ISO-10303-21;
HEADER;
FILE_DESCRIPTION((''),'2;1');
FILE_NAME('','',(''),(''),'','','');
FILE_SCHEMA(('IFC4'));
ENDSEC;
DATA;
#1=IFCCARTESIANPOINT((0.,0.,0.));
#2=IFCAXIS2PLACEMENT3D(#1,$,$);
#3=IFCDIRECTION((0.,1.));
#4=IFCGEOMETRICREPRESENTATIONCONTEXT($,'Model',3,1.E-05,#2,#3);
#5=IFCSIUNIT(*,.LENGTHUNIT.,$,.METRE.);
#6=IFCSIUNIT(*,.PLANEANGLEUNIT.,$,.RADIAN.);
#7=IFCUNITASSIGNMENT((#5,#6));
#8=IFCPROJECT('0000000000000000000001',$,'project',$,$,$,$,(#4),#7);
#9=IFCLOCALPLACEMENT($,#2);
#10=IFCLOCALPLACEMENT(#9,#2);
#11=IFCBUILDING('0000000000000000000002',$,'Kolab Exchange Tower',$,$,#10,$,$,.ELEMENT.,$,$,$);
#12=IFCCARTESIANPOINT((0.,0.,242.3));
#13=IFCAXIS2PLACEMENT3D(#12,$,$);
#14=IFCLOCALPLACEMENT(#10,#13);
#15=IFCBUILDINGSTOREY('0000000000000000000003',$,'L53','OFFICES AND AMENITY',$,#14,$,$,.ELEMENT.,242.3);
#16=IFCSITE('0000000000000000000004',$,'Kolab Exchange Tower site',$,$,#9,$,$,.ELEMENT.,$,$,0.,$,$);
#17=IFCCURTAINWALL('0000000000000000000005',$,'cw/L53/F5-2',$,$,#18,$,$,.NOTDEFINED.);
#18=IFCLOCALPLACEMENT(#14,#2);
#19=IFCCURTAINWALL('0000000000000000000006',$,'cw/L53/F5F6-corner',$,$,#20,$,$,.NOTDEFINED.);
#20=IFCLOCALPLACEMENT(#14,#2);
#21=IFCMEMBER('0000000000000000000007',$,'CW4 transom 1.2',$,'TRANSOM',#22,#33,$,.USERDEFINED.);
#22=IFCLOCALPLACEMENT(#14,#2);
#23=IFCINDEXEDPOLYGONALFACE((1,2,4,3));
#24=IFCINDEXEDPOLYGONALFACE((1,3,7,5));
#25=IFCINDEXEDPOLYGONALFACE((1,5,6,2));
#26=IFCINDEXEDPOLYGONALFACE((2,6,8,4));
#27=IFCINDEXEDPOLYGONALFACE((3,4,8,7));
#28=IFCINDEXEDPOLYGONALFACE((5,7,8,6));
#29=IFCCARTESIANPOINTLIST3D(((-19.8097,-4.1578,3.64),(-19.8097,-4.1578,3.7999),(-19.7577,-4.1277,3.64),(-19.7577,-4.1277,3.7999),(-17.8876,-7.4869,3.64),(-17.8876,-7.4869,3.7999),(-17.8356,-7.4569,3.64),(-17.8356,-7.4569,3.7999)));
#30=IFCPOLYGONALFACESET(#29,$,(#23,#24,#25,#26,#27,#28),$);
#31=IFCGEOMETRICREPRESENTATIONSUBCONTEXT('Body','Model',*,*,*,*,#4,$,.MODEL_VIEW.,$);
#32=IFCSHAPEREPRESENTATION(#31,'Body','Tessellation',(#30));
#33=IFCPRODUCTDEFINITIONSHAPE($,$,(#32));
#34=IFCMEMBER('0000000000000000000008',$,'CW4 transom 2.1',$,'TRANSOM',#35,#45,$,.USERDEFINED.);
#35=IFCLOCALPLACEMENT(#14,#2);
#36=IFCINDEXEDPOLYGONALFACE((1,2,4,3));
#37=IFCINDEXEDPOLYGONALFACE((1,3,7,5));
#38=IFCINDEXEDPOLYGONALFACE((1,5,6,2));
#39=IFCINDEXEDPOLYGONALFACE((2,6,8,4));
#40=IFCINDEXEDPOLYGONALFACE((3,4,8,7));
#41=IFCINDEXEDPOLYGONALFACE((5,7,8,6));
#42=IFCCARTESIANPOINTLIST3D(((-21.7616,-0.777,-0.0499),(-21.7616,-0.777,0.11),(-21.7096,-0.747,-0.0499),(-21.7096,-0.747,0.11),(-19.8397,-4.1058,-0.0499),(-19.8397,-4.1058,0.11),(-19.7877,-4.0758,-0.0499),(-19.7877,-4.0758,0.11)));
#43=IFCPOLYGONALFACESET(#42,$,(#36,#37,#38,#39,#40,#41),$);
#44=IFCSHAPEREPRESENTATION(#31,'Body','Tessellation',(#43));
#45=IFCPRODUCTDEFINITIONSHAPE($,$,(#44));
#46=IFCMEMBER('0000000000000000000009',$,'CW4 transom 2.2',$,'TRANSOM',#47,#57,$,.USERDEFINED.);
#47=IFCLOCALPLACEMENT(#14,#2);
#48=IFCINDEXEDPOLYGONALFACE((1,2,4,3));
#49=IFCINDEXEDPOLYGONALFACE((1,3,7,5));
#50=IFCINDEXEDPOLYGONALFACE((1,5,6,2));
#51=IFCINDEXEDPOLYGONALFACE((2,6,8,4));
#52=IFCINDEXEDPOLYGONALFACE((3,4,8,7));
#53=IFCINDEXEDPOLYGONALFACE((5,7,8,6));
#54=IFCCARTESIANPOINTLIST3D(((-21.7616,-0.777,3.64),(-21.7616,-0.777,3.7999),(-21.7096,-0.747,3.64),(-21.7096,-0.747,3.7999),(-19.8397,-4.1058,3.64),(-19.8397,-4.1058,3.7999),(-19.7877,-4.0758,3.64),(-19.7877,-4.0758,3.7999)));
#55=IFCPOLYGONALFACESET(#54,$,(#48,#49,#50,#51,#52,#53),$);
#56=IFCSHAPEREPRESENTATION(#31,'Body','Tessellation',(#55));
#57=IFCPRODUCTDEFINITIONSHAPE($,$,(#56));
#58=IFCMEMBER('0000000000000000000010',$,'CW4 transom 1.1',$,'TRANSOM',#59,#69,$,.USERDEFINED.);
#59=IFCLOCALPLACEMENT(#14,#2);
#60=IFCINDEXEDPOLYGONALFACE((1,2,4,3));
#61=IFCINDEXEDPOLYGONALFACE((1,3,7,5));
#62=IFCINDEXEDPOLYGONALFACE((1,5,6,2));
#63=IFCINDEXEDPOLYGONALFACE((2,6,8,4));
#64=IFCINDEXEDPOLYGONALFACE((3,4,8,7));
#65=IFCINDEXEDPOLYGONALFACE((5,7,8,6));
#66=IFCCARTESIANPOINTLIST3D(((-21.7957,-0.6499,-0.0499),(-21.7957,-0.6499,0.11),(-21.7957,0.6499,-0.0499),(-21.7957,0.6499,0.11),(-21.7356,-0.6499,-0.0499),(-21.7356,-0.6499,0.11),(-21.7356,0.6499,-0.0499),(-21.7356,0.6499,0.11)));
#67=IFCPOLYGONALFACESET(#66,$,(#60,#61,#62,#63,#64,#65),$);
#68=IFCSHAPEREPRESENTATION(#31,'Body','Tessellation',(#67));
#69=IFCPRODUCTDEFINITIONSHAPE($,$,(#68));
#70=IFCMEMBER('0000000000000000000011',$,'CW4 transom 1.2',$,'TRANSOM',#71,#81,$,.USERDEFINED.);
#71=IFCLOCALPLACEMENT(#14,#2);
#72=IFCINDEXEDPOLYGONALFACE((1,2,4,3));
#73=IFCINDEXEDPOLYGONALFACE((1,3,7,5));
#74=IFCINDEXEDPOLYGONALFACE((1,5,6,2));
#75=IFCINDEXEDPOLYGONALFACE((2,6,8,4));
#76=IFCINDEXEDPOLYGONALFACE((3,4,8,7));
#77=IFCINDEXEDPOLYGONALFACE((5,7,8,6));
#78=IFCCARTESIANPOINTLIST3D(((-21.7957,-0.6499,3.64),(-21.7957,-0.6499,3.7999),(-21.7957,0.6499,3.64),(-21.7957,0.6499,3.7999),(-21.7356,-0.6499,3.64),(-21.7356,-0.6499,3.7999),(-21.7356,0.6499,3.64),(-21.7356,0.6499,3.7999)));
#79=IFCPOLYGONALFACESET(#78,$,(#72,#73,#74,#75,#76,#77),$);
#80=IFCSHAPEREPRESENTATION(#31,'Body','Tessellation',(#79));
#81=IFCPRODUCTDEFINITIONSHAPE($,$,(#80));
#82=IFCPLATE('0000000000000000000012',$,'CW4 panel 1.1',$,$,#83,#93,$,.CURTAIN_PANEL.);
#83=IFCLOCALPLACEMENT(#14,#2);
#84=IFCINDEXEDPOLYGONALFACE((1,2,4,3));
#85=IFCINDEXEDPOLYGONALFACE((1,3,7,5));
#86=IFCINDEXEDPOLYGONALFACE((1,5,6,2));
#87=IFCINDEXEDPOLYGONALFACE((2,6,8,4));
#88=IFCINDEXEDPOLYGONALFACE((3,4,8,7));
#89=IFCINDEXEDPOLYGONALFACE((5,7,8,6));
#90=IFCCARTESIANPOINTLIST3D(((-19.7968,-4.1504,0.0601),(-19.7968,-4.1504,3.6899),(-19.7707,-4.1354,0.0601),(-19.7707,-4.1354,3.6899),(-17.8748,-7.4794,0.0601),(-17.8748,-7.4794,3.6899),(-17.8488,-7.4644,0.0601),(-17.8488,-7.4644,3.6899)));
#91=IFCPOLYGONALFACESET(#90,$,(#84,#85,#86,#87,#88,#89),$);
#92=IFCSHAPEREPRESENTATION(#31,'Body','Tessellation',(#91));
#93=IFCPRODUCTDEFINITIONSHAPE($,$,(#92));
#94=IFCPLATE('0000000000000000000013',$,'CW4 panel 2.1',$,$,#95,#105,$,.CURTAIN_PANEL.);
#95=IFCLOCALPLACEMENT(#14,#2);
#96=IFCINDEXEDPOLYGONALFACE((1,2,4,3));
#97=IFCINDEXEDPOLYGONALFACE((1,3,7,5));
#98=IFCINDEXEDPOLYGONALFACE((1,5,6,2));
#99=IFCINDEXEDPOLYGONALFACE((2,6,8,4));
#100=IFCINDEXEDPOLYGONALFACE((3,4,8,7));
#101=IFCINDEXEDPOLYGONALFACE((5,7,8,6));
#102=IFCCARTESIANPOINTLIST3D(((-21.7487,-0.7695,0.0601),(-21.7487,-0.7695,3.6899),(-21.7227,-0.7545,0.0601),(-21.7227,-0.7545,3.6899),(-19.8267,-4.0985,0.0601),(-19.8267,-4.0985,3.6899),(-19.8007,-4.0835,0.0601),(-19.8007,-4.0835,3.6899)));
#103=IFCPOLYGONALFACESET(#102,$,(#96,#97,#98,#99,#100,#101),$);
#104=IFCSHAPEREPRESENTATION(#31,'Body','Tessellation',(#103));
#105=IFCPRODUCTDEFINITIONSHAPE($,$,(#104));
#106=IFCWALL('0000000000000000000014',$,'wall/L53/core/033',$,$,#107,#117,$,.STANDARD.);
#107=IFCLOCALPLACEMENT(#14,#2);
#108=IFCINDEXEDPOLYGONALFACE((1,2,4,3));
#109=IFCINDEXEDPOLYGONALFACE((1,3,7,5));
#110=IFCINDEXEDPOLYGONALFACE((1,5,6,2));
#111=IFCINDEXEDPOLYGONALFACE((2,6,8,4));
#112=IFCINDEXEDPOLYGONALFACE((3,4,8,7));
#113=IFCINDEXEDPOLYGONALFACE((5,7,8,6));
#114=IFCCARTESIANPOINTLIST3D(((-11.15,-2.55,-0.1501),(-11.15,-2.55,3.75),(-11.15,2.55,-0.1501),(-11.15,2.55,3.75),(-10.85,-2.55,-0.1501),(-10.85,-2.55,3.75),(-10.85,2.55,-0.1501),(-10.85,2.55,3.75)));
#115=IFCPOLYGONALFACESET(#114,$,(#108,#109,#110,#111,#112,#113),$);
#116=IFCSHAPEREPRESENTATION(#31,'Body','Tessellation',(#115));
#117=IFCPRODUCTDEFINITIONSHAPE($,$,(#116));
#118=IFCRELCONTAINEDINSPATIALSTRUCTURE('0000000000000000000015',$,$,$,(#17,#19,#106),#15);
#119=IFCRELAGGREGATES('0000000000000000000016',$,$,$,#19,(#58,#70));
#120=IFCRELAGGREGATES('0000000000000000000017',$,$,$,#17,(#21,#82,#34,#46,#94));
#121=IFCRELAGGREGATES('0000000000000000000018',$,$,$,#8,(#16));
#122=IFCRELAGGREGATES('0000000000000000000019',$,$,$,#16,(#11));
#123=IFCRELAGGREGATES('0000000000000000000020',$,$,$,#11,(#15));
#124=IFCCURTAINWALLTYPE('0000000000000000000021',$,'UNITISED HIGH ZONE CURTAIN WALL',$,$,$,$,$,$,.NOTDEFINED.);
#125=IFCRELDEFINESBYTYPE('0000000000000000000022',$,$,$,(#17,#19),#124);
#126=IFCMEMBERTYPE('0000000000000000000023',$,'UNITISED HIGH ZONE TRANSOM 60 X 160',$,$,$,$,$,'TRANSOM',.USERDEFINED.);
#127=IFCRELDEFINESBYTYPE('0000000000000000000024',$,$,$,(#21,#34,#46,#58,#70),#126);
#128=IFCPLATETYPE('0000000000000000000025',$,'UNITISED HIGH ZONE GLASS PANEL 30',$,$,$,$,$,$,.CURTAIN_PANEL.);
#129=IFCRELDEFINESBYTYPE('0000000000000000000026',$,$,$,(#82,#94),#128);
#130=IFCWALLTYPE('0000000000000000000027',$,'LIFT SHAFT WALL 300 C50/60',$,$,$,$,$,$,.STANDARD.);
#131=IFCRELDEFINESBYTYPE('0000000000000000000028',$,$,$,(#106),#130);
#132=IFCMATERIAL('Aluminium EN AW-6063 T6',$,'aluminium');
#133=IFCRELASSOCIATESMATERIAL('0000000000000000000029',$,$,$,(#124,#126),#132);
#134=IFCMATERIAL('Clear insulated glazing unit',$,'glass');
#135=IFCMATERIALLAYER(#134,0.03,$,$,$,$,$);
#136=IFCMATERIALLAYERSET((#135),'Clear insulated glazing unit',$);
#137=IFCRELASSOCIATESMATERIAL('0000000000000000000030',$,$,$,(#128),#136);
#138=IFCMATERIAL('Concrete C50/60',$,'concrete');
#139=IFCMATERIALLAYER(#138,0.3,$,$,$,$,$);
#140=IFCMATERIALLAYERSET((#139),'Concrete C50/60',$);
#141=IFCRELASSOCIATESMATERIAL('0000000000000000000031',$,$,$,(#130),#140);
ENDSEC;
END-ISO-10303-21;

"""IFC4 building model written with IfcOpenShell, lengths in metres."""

from ifc_helpers import new_model, si_unit, direction, frame, frame_2d, origin, origin_2d, place, context, subcontext, project, spatial, rectangle, extrude, material, layer, layer_set, material_profile, profile_set, type_object, element, aggregate, save


model = new_model("IFC4")

# Units and contexts
model_context = context("Model", 3, precision=1e-05, world=origin(), true_north=direction((0.0, 1.0)))
body_context = subcontext(model_context, "Body", "Model", "MODEL_VIEW")
ifc_project = project(units=[si_unit("LENGTHUNIT", "METRE"), si_unit("PLANEANGLEUNIT", "RADIAN")], contexts=[model_context])

# Site, building, storey
site_placement = place(None, origin())
site = spatial("IfcSite", under=ifc_project, at=site_placement, Name="Kolab Exchange Tower site", CompositionType="ELEMENT", RefElevation=0.0)
building_placement = place(site_placement, origin())
building = spatial("IfcBuilding", under=site, at=building_placement, Name="Kolab Exchange Tower", CompositionType="ELEMENT")
storey_placement = place(building_placement, frame((0.0, 0.0, 242.3)))
storey = spatial("IfcBuildingStorey", under=building, at=storey_placement, Name="L53", Description="OFFICES AND AMENITY", CompositionType="ELEMENT", Elevation=242.3)

# Shared definitions
ifc_material_1 = material(Name="Concrete C50/60", Category="concrete")

# Shared definitions
ifc_material_2 = material(Name="Aluminium EN AW-6063 T6", Category="aluminium")
curtain_wall_type = type_object("IfcCurtainWallType", Name="UNITISED HIGH ZONE CURTAIN WALL", PredefinedType="NOTDEFINED", material=ifc_material_2)

# Curtain wall
curtain_wall_1_placement = place(storey_placement, origin())
curtain_wall_1 = element("IfcCurtainWall", 1, at=curtain_wall_1_placement, inside=storey, type_object=curtain_wall_type, Name="cw/L53/F5-2", PredefinedType="NOTDEFINED")

# Curtain wall
curtain_wall_2_placement = place(storey_placement, origin())
curtain_wall_2 = element("IfcCurtainWall", 2, at=curtain_wall_2_placement, inside=storey, type_object=curtain_wall_type, Name="cw/L53/F5F6-corner", PredefinedType="NOTDEFINED")

# Members
ifc_material_profile_1 = material_profile(ifc_material_2, rectangle(XDim=0.0601, YDim=0.1599, at=origin_2d()), Name="RECT 60X160")
ifc_profile_set_1 = profile_set([ifc_material_profile_1], Name="Aluminium EN AW-6063 T6")
member_type_1 = type_object("IfcMemberType", Name="UNITISED HIGH ZONE TRANSOM 60 X 160", ElementType="TRANSOM", PredefinedType="USERDEFINED", material=ifc_profile_set_1)
member_1_placement = place(storey_placement, frame((-17.8616, -7.4719, 3.72), z_axis=(-0.500012, 0.866018, 0.0), x_axis=(-0.866018, -0.500012, 0.0)))
member_1 = element("IfcMember", 3, at=member_1_placement, type_object=member_type_1, Name="CW4 transom 1.2", ObjectType="TRANSOM", PredefinedType="USERDEFINED", context=body_context, shape_type="SweptSolid", body=[
    extrude(rectangle(XDim=0.0601, YDim=0.1599, at=origin_2d()), origin(), (0.0, 0.0, 1.0), 3.8442),
])
member_2_placement = place(storey_placement, frame((-19.8137, -4.0908, 0.03), z_axis=(-0.499992, 0.86603, 0.0), x_axis=(-0.86603, -0.499992, 0.0)))
member_2 = element("IfcMember", 4, at=member_2_placement, type_object=member_type_1, Name="CW4 transom 2.1", ObjectType="TRANSOM", PredefinedType="USERDEFINED", context=body_context, shape_type="SweptSolid", body=[
    extrude(rectangle(XDim=0.0601, YDim=0.1599, at=origin_2d()), origin(), (0.0, 0.0, 1.0), 3.8438),
])
member_3_placement = place(storey_placement, frame((-19.8137, -4.0908, 3.72), z_axis=(-0.499992, 0.86603, 0.0), x_axis=(-0.86603, -0.499992, 0.0)))
member_3 = element("IfcMember", 5, at=member_3_placement, type_object=member_type_1, Name="CW4 transom 2.2", ObjectType="TRANSOM", PredefinedType="USERDEFINED", context=body_context, shape_type="SweptSolid", body=[
    extrude(rectangle(XDim=0.0601, YDim=0.1599, at=origin_2d()), origin(), (0.0, 0.0, 1.0), 3.8438),
])
member_4_placement = place(storey_placement, frame((-21.7656, -0.6499, 0.03), z_axis=(0.0, 1.0, 0.0), x_axis=(-1.0, 0.0, 0.0)))
member_4 = element("IfcMember", 6, at=member_4_placement, type_object=member_type_1, Name="CW4 transom 1.1", ObjectType="TRANSOM", PredefinedType="USERDEFINED", context=body_context, shape_type="SweptSolid", body=[
    extrude(rectangle(XDim=0.0601, YDim=0.1599, at=origin_2d()), origin(), (0.0, 0.0, 1.0), 1.2998),
])
member_5_placement = place(storey_placement, frame((-21.7656, -0.6499, 3.72), z_axis=(0.0, 1.0, 0.0), x_axis=(-1.0, 0.0, 0.0)))
member_5 = element("IfcMember", 7, at=member_5_placement, type_object=member_type_1, Name="CW4 transom 1.2", ObjectType="TRANSOM", PredefinedType="USERDEFINED", context=body_context, shape_type="SweptSolid", body=[
    extrude(rectangle(XDim=0.0601, YDim=0.1599, at=origin_2d()), origin(), (0.0, 0.0, 1.0), 1.2998),
])
aggregate(curtain_wall_2, [member_4, member_5])

# Plates
ifc_material_3 = material(Name="Clear insulated glazing unit", Category="glass")
ifc_layer_1 = layer(ifc_material_3, 0.03)
ifc_layer_set_1 = layer_set([ifc_layer_1], Name="Clear insulated glazing unit")
plate_type = type_object("IfcPlateType", Name="UNITISED HIGH ZONE GLASS PANEL 30", PredefinedType="CURTAIN_PANEL", material=ifc_layer_set_1)
plate_1_placement = place(storey_placement, frame((-18.8228, -5.8074, 0.0601), z_axis=(0.0, 0.0, 1.0), x_axis=(-0.5, 0.866025, 0.0)))
plate_1 = element("IfcPlate", 8, at=plate_1_placement, type_object=plate_type, Name="CW4 panel 1.1", PredefinedType="CURTAIN_PANEL", context=body_context, shape_type="SweptSolid", body=[
    extrude(rectangle(XDim=3.844, YDim=0.03, at=origin_2d()), origin(), (0.0, 0.0, 1.0), 3.6299),
])
plate_2_placement = place(storey_placement, frame((-20.7747, -2.4265, 0.0601), z_axis=(0.0, 0.0, 1.0), x_axis=(-0.5, 0.866025, 0.0)))
plate_2 = element("IfcPlate", 9, at=plate_2_placement, type_object=plate_type, Name="CW4 panel 2.1", PredefinedType="CURTAIN_PANEL", context=body_context, shape_type="SweptSolid", body=[
    extrude(rectangle(XDim=3.844, YDim=0.03, at=origin_2d()), origin(), (0.0, 0.0, 1.0), 3.6299),
])
aggregate(curtain_wall_1, [member_1, plate_1, member_2, member_3, plate_2])

# Wall
ifc_layer_2 = layer(ifc_material_1, 0.3)
ifc_layer_set_2 = layer_set([ifc_layer_2], Name="Concrete C50/60")
wall_type_1 = type_object("IfcWallType", Name="LIFT SHAFT WALL 300 C50/60", PredefinedType="STANDARD", material=ifc_layer_set_2)
wall_1_placement = place(storey_placement, frame((-11.0, -2.55, -0.1501), z_axis=(0.0, 0.0, 1.0), x_axis=(0.0, 1.0, 0.0)))
element("IfcWall", 10, at=wall_1_placement, inside=storey, type_object=wall_type_1, Name="wall/L53/core/033", PredefinedType="STANDARD", context=body_context, shape_type="SweptSolid", body=[
    extrude(rectangle(XDim=5.1001, YDim=0.3, at=frame_2d((2.55, 0.0))), origin(), (0.0, 0.0, 1.0), 3.9001),
])

save(model, "model.ifc")
